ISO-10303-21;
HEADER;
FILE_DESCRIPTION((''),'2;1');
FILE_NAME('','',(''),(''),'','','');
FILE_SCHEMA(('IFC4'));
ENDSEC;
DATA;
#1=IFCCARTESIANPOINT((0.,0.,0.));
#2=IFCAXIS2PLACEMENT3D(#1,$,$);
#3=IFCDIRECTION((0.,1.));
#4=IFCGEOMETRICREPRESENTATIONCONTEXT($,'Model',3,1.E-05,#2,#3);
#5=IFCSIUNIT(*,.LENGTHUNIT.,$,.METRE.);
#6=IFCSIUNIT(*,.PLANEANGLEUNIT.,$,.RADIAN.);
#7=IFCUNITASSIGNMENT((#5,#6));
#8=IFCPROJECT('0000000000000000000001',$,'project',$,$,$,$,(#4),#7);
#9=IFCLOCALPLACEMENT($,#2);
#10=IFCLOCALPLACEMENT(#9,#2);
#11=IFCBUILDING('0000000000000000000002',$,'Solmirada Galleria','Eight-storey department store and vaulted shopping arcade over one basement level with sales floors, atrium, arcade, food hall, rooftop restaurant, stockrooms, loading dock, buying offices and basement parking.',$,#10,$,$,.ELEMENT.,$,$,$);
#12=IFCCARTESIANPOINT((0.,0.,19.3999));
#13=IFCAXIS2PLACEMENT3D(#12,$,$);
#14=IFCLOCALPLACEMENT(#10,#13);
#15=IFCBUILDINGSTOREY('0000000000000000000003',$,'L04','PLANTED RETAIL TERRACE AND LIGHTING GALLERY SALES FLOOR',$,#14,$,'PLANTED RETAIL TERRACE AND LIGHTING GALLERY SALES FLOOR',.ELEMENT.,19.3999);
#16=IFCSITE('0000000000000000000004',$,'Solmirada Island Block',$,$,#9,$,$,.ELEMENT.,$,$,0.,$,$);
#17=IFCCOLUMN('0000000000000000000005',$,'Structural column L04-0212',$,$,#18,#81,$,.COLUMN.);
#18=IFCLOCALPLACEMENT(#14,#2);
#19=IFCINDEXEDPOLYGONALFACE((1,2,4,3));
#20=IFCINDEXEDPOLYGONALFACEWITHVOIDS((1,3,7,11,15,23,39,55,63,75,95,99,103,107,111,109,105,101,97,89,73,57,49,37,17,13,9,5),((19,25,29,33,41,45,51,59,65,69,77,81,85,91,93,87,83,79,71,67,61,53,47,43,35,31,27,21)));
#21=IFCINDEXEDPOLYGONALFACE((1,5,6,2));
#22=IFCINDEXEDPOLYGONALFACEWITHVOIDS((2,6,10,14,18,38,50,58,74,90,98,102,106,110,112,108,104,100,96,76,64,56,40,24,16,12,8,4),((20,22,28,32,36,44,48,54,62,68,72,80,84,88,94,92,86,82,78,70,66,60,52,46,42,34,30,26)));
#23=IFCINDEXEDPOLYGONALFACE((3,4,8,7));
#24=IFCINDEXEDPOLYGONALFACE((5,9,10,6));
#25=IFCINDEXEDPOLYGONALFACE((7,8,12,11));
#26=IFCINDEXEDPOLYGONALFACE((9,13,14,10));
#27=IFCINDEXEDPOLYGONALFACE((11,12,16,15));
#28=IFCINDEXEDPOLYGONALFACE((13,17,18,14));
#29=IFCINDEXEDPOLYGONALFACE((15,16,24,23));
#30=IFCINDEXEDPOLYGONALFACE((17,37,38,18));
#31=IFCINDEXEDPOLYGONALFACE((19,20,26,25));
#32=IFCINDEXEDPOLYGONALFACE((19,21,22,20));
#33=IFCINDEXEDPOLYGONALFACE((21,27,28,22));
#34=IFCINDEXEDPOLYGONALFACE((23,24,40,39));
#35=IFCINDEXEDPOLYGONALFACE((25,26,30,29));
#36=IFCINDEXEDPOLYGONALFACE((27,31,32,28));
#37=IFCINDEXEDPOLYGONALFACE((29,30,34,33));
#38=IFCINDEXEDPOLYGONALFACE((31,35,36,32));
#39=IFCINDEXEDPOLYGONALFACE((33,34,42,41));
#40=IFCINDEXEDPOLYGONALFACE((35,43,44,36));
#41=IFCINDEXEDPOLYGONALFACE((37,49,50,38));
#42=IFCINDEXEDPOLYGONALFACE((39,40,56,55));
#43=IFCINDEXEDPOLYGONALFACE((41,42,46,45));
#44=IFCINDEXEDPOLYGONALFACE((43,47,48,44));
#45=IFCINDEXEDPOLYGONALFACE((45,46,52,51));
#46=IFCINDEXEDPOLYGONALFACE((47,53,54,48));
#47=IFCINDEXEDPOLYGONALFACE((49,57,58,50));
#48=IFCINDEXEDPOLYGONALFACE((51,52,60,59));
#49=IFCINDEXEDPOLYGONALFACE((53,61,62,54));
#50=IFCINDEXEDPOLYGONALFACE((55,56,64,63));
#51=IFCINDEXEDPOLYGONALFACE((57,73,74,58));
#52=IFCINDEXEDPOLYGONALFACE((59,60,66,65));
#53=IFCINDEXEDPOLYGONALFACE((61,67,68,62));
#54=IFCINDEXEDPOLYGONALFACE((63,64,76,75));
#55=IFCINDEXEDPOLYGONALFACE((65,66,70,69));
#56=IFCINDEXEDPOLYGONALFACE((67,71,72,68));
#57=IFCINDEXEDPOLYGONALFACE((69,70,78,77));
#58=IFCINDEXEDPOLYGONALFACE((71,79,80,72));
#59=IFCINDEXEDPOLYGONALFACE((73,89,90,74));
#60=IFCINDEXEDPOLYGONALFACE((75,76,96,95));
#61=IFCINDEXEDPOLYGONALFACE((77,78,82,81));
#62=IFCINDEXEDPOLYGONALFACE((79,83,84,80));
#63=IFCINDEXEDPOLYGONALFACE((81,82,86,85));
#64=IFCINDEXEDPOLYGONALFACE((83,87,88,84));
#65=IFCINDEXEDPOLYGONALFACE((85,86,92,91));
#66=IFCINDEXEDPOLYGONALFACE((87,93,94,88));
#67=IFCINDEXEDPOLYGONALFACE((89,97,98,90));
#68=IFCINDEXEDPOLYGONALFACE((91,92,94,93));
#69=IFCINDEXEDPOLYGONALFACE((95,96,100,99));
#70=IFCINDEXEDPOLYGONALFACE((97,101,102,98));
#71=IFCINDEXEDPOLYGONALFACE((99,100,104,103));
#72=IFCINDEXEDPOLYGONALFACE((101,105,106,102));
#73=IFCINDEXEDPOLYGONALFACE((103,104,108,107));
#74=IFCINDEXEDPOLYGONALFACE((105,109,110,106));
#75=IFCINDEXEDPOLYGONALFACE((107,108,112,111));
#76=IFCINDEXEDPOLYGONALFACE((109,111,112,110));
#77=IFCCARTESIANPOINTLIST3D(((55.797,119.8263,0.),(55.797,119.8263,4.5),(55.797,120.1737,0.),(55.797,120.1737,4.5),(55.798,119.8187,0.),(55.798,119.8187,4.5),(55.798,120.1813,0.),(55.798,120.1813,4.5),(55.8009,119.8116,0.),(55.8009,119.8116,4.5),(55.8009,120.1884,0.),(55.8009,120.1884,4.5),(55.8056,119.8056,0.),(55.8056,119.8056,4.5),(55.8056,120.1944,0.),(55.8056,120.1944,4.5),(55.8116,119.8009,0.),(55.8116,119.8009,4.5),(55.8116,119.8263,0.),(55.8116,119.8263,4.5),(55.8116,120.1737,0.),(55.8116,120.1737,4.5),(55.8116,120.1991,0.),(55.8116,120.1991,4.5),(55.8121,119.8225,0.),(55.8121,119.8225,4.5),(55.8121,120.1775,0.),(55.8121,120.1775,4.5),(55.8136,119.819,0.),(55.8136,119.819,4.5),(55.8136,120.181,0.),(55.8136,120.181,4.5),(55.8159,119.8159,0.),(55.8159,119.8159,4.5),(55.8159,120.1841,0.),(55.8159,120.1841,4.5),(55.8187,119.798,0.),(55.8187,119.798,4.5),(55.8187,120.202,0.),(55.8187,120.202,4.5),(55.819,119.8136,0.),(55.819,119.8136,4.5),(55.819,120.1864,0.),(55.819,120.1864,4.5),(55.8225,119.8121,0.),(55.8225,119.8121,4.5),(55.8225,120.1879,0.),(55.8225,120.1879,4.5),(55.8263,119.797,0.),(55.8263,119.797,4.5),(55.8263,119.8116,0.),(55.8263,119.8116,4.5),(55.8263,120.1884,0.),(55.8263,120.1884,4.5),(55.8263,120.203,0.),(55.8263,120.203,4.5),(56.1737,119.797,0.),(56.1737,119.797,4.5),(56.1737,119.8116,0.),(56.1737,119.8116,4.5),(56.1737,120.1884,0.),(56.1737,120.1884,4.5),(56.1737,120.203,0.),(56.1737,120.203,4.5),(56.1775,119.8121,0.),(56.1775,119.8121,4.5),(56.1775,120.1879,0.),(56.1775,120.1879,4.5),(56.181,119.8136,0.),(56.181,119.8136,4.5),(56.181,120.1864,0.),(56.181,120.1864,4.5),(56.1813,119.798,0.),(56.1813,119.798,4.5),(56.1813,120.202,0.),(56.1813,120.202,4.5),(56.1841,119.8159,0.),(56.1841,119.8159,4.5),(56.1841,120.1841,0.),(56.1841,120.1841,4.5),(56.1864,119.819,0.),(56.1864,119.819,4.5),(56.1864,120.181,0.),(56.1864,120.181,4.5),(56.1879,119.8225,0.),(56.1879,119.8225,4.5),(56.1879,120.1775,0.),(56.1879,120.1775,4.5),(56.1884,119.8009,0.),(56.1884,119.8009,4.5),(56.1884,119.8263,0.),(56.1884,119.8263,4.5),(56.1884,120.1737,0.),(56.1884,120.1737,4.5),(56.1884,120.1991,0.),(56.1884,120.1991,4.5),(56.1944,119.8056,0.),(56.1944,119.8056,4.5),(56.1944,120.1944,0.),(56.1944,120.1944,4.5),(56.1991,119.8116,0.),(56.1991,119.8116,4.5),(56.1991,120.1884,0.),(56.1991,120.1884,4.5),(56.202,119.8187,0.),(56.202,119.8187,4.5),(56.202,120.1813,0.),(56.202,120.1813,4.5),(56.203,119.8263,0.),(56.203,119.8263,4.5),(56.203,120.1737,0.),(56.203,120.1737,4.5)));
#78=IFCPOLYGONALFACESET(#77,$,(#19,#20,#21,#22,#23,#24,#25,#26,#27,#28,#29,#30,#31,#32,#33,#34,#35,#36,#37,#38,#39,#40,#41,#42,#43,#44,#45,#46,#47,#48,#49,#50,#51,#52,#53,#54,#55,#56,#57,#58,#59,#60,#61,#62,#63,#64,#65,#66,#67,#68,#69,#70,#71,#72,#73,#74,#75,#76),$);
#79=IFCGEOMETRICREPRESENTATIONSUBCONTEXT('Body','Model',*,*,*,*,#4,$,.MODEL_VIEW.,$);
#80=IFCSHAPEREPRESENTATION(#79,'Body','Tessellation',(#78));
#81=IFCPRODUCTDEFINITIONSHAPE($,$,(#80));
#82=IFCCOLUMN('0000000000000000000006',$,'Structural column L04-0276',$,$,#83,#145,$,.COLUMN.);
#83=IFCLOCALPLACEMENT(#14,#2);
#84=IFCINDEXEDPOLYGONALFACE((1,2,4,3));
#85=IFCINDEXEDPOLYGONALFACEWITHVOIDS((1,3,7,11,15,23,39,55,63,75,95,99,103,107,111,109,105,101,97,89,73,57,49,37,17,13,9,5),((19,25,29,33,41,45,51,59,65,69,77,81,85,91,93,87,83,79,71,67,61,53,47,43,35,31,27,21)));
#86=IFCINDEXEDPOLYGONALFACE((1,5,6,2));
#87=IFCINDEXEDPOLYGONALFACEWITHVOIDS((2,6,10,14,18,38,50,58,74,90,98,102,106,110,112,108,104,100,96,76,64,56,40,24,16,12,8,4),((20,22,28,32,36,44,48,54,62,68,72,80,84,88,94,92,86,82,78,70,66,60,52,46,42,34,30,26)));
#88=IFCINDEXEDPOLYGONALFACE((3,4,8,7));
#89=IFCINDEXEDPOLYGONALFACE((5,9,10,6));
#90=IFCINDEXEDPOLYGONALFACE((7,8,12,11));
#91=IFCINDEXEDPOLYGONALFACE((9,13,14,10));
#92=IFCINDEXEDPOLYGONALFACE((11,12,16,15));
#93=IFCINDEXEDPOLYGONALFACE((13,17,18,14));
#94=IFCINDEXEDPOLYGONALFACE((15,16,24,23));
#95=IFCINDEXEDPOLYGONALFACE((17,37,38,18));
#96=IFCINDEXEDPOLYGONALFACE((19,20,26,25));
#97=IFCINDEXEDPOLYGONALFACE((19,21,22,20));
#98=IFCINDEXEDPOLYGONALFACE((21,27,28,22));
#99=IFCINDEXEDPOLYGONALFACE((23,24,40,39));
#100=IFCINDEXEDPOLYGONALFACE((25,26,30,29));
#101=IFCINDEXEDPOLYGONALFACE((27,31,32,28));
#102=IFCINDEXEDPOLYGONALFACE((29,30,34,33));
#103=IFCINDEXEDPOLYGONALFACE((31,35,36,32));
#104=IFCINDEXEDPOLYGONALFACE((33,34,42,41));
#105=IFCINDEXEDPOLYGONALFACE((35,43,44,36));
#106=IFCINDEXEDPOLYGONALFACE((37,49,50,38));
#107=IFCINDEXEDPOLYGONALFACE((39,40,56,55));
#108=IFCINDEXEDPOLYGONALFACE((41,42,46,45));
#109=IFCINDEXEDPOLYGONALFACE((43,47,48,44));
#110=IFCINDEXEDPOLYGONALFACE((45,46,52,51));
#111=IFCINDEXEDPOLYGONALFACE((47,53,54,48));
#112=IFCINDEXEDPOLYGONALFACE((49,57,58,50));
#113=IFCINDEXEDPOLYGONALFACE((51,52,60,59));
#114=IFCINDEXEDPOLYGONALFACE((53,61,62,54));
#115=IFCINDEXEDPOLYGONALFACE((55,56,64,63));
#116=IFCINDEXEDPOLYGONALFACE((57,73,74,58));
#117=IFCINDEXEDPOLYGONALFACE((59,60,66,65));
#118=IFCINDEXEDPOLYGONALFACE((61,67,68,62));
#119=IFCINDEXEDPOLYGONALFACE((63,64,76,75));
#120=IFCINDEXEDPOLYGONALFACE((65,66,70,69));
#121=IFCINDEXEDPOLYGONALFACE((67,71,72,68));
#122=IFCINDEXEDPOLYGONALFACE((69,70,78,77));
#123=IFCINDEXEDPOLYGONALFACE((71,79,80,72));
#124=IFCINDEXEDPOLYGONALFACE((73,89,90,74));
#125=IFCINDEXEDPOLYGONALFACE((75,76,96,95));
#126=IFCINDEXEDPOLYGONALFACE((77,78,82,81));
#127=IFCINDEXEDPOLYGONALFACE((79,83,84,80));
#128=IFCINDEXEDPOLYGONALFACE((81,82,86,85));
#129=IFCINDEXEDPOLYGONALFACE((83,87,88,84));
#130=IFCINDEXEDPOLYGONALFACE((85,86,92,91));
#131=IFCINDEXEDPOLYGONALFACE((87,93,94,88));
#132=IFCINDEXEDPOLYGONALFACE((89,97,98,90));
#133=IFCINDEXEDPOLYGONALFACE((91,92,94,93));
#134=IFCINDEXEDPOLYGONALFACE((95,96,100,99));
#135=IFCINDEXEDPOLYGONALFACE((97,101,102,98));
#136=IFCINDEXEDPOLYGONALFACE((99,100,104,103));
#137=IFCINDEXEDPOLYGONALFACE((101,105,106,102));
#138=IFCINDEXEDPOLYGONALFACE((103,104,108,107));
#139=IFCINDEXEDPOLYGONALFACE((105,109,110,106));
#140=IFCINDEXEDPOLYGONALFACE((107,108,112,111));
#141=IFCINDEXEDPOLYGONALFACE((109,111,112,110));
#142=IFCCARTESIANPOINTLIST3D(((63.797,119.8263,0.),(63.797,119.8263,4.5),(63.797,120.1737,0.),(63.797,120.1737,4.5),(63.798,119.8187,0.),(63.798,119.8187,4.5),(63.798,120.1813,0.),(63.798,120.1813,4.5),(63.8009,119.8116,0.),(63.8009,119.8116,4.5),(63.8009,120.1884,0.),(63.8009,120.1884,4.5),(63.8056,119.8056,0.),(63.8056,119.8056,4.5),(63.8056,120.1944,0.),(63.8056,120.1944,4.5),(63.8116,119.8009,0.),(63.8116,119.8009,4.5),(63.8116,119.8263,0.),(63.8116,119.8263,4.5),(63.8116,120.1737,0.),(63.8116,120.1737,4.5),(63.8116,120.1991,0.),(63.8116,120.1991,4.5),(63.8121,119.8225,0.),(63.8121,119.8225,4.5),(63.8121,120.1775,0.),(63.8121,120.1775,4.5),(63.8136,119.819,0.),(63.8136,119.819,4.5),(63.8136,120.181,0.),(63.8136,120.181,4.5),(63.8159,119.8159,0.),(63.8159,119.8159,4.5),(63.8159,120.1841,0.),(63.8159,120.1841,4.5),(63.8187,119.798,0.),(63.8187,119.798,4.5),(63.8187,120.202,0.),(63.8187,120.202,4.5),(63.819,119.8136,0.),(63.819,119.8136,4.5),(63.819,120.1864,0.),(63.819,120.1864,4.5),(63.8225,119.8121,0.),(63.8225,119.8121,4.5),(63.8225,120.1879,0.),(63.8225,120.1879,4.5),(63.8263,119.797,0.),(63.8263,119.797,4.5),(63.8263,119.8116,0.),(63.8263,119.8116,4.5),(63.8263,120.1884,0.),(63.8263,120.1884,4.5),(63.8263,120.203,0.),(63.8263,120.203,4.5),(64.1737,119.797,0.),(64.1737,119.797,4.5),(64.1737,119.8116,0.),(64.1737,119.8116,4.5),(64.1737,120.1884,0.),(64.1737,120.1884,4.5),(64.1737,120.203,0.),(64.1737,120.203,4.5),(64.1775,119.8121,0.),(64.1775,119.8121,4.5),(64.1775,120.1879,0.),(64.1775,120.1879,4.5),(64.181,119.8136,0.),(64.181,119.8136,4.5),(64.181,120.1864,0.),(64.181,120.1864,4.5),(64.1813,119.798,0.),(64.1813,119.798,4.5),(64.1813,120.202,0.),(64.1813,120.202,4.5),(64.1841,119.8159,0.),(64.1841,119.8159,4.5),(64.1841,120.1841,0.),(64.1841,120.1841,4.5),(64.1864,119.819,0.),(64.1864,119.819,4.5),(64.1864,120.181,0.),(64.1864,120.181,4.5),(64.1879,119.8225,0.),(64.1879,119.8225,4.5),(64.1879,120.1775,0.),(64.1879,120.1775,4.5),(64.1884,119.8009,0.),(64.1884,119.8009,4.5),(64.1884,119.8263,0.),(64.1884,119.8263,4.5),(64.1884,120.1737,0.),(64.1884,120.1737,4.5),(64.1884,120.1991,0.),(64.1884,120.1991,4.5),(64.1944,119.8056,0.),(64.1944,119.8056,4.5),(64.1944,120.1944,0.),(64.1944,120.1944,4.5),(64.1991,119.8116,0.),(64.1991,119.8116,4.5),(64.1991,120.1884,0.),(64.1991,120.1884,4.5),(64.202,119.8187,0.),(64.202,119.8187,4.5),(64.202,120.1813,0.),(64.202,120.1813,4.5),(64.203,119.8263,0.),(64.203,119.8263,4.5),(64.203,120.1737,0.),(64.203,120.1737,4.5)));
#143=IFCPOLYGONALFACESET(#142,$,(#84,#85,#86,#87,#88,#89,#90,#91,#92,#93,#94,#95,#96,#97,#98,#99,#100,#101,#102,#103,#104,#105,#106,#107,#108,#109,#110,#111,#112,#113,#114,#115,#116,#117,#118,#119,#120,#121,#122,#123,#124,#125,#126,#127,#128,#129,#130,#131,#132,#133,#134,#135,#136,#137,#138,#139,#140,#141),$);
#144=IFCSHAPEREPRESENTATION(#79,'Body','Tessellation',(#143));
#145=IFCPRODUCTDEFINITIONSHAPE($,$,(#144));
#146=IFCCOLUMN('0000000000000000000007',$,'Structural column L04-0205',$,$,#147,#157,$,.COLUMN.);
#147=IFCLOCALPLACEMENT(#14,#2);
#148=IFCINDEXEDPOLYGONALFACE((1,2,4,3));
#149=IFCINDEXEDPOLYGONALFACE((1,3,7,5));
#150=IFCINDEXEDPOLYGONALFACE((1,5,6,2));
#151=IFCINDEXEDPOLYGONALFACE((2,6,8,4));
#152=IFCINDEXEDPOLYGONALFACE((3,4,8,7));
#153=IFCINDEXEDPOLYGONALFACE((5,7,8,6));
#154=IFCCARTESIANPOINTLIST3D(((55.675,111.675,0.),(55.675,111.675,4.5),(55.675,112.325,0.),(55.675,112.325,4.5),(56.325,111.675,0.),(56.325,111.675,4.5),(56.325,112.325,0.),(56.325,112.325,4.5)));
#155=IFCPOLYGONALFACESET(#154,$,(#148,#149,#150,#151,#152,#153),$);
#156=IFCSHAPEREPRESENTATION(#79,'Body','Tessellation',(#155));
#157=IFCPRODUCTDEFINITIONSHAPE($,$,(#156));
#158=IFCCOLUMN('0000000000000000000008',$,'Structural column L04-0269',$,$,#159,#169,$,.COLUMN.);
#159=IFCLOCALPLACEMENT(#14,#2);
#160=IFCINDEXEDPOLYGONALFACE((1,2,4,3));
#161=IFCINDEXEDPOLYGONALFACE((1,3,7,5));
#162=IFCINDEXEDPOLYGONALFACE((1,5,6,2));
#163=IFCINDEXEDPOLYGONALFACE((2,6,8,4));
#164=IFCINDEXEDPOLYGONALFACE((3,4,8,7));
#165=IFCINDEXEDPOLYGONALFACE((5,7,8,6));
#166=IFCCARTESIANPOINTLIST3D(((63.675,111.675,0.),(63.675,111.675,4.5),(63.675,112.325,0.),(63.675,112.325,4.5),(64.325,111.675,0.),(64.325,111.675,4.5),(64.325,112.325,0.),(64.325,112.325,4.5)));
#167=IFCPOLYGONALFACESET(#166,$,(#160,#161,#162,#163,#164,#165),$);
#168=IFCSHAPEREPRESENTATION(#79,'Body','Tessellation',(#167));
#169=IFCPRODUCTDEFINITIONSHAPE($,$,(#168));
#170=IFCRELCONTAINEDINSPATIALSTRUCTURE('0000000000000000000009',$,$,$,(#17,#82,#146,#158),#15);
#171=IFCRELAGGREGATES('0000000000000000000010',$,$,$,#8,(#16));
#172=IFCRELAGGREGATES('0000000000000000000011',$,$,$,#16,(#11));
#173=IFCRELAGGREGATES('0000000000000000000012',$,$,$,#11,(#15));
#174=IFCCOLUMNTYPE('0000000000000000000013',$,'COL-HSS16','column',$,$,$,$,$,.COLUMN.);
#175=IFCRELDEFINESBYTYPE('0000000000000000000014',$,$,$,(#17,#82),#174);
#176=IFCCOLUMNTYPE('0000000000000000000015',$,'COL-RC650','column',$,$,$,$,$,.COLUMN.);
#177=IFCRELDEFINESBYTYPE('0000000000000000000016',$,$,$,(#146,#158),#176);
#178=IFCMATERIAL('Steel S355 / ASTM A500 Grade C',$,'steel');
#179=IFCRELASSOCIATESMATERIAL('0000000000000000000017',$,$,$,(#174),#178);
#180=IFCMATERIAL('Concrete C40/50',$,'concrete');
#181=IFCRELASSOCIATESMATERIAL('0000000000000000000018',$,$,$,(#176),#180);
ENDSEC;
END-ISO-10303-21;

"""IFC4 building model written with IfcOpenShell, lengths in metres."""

from ifc_helpers import new_model, si_unit, direction, frame, origin, origin_2d, place, context, subcontext, project, spatial, rectangle, hollow_rectangle, extrude, material, material_profile, profile_set, type_object, element, save


model = new_model("IFC4")

# Units and contexts
model_context = context("Model", 3, precision=1e-05, world=origin(), true_north=direction((0.0, 1.0)))
body_context = subcontext(model_context, "Body", "Model", "MODEL_VIEW")
ifc_project = project(units=[si_unit("LENGTHUNIT", "METRE"), si_unit("PLANEANGLEUNIT", "RADIAN")], contexts=[model_context])

# Site, building, storey
site_placement = place(None, origin())
site = spatial("IfcSite", under=ifc_project, at=site_placement, Name="Solmirada Island Block", CompositionType="ELEMENT", RefElevation=0.0)
building_placement = place(site_placement, origin())
building = spatial("IfcBuilding", under=site, at=building_placement, Name="Solmirada Galleria", Description="Eight-storey department store and vaulted shopping arcade over one basement level with sales floors, atrium, arcade, food hall, rooftop restaurant, stockrooms, loading dock, buying offices and basement parking.", CompositionType="ELEMENT")
storey_placement = place(building_placement, frame((0.0, 0.0, 19.3999)))
storey = spatial("IfcBuildingStorey", under=building, at=storey_placement, Name="L04", Description="PLANTED RETAIL TERRACE AND LIGHTING GALLERY SALES FLOOR", LongName="PLANTED RETAIL TERRACE AND LIGHTING GALLERY SALES FLOOR", CompositionType="ELEMENT", Elevation=19.3999)

# Columns
ifc_material_1 = material(Name="Steel S355 / ASTM A500 Grade C", Category="steel")
ifc_material_profile_1 = material_profile(ifc_material_1, hollow_rectangle(XDim=0.406, YDim=0.406, WallThickness=0.0146, InnerFilletRadius=0.0146, OuterFilletRadius=0.0293, at=origin_2d()), Name="HSS16X16X5/8")
ifc_profile_set_1 = profile_set([ifc_material_profile_1], Name="Steel S355 / ASTM A500 Grade C")
column_type_1 = type_object("IfcColumnType", Name="COL-HSS16", Description="column", PredefinedType="COLUMN", material=ifc_profile_set_1)
for number, where, z_axis, x_axis, name in (
    (1, (56.0, 120.0, 0.0), (0.0, 0.0, 1.0), (1.0, 0.0, 0.0), "Structural column L04-0212"),
    (2, (64.0, 120.0, 0.0), (0.0, 0.0, 1.0), (1.0, 0.0, 0.0), "Structural column L04-0276"),
):
    element("IfcColumn", number, at=place(storey_placement, frame(where, z_axis=z_axis, x_axis=x_axis)), inside=storey, type_object=column_type_1, Name=name, PredefinedType="COLUMN", context=body_context, shape_type="SweptSolid", body=[
        extrude(hollow_rectangle(XDim=0.406, YDim=0.406, WallThickness=0.0146, InnerFilletRadius=0.0146, OuterFilletRadius=0.0293, at=origin_2d()), origin(), (0.0, 0.0, 1.0), 4.5),
    ])
ifc_material_2 = material(Name="Concrete C40/50", Category="concrete")
ifc_material_profile_2 = material_profile(ifc_material_2, rectangle(XDim=0.6499, YDim=0.6499, at=origin_2d()), Name="RC650X650")
ifc_profile_set_2 = profile_set([ifc_material_profile_2], Name="Concrete C40/50")
column_type_2 = type_object("IfcColumnType", Name="COL-RC650", Description="column", PredefinedType="COLUMN", material=ifc_profile_set_2)
for number, where, z_axis, x_axis, name in (
    (3, (56.0, 112.0, 0.0), (0.0, 0.0, 1.0), (1.0, 0.0, 0.0), "Structural column L04-0205"),
    (4, (64.0, 112.0, 0.0), (0.0, 0.0, 1.0), (1.0, 0.0, 0.0), "Structural column L04-0269"),
):
    element("IfcColumn", number, at=place(storey_placement, frame(where, z_axis=z_axis, x_axis=x_axis)), inside=storey, type_object=column_type_2, Name=name, PredefinedType="COLUMN", context=body_context, shape_type="SweptSolid", body=[
        extrude(rectangle(XDim=0.6499, YDim=0.6499, at=origin_2d()), origin(), (0.0, 0.0, 1.0), 4.5),
    ])

save(model, "model.ifc")
